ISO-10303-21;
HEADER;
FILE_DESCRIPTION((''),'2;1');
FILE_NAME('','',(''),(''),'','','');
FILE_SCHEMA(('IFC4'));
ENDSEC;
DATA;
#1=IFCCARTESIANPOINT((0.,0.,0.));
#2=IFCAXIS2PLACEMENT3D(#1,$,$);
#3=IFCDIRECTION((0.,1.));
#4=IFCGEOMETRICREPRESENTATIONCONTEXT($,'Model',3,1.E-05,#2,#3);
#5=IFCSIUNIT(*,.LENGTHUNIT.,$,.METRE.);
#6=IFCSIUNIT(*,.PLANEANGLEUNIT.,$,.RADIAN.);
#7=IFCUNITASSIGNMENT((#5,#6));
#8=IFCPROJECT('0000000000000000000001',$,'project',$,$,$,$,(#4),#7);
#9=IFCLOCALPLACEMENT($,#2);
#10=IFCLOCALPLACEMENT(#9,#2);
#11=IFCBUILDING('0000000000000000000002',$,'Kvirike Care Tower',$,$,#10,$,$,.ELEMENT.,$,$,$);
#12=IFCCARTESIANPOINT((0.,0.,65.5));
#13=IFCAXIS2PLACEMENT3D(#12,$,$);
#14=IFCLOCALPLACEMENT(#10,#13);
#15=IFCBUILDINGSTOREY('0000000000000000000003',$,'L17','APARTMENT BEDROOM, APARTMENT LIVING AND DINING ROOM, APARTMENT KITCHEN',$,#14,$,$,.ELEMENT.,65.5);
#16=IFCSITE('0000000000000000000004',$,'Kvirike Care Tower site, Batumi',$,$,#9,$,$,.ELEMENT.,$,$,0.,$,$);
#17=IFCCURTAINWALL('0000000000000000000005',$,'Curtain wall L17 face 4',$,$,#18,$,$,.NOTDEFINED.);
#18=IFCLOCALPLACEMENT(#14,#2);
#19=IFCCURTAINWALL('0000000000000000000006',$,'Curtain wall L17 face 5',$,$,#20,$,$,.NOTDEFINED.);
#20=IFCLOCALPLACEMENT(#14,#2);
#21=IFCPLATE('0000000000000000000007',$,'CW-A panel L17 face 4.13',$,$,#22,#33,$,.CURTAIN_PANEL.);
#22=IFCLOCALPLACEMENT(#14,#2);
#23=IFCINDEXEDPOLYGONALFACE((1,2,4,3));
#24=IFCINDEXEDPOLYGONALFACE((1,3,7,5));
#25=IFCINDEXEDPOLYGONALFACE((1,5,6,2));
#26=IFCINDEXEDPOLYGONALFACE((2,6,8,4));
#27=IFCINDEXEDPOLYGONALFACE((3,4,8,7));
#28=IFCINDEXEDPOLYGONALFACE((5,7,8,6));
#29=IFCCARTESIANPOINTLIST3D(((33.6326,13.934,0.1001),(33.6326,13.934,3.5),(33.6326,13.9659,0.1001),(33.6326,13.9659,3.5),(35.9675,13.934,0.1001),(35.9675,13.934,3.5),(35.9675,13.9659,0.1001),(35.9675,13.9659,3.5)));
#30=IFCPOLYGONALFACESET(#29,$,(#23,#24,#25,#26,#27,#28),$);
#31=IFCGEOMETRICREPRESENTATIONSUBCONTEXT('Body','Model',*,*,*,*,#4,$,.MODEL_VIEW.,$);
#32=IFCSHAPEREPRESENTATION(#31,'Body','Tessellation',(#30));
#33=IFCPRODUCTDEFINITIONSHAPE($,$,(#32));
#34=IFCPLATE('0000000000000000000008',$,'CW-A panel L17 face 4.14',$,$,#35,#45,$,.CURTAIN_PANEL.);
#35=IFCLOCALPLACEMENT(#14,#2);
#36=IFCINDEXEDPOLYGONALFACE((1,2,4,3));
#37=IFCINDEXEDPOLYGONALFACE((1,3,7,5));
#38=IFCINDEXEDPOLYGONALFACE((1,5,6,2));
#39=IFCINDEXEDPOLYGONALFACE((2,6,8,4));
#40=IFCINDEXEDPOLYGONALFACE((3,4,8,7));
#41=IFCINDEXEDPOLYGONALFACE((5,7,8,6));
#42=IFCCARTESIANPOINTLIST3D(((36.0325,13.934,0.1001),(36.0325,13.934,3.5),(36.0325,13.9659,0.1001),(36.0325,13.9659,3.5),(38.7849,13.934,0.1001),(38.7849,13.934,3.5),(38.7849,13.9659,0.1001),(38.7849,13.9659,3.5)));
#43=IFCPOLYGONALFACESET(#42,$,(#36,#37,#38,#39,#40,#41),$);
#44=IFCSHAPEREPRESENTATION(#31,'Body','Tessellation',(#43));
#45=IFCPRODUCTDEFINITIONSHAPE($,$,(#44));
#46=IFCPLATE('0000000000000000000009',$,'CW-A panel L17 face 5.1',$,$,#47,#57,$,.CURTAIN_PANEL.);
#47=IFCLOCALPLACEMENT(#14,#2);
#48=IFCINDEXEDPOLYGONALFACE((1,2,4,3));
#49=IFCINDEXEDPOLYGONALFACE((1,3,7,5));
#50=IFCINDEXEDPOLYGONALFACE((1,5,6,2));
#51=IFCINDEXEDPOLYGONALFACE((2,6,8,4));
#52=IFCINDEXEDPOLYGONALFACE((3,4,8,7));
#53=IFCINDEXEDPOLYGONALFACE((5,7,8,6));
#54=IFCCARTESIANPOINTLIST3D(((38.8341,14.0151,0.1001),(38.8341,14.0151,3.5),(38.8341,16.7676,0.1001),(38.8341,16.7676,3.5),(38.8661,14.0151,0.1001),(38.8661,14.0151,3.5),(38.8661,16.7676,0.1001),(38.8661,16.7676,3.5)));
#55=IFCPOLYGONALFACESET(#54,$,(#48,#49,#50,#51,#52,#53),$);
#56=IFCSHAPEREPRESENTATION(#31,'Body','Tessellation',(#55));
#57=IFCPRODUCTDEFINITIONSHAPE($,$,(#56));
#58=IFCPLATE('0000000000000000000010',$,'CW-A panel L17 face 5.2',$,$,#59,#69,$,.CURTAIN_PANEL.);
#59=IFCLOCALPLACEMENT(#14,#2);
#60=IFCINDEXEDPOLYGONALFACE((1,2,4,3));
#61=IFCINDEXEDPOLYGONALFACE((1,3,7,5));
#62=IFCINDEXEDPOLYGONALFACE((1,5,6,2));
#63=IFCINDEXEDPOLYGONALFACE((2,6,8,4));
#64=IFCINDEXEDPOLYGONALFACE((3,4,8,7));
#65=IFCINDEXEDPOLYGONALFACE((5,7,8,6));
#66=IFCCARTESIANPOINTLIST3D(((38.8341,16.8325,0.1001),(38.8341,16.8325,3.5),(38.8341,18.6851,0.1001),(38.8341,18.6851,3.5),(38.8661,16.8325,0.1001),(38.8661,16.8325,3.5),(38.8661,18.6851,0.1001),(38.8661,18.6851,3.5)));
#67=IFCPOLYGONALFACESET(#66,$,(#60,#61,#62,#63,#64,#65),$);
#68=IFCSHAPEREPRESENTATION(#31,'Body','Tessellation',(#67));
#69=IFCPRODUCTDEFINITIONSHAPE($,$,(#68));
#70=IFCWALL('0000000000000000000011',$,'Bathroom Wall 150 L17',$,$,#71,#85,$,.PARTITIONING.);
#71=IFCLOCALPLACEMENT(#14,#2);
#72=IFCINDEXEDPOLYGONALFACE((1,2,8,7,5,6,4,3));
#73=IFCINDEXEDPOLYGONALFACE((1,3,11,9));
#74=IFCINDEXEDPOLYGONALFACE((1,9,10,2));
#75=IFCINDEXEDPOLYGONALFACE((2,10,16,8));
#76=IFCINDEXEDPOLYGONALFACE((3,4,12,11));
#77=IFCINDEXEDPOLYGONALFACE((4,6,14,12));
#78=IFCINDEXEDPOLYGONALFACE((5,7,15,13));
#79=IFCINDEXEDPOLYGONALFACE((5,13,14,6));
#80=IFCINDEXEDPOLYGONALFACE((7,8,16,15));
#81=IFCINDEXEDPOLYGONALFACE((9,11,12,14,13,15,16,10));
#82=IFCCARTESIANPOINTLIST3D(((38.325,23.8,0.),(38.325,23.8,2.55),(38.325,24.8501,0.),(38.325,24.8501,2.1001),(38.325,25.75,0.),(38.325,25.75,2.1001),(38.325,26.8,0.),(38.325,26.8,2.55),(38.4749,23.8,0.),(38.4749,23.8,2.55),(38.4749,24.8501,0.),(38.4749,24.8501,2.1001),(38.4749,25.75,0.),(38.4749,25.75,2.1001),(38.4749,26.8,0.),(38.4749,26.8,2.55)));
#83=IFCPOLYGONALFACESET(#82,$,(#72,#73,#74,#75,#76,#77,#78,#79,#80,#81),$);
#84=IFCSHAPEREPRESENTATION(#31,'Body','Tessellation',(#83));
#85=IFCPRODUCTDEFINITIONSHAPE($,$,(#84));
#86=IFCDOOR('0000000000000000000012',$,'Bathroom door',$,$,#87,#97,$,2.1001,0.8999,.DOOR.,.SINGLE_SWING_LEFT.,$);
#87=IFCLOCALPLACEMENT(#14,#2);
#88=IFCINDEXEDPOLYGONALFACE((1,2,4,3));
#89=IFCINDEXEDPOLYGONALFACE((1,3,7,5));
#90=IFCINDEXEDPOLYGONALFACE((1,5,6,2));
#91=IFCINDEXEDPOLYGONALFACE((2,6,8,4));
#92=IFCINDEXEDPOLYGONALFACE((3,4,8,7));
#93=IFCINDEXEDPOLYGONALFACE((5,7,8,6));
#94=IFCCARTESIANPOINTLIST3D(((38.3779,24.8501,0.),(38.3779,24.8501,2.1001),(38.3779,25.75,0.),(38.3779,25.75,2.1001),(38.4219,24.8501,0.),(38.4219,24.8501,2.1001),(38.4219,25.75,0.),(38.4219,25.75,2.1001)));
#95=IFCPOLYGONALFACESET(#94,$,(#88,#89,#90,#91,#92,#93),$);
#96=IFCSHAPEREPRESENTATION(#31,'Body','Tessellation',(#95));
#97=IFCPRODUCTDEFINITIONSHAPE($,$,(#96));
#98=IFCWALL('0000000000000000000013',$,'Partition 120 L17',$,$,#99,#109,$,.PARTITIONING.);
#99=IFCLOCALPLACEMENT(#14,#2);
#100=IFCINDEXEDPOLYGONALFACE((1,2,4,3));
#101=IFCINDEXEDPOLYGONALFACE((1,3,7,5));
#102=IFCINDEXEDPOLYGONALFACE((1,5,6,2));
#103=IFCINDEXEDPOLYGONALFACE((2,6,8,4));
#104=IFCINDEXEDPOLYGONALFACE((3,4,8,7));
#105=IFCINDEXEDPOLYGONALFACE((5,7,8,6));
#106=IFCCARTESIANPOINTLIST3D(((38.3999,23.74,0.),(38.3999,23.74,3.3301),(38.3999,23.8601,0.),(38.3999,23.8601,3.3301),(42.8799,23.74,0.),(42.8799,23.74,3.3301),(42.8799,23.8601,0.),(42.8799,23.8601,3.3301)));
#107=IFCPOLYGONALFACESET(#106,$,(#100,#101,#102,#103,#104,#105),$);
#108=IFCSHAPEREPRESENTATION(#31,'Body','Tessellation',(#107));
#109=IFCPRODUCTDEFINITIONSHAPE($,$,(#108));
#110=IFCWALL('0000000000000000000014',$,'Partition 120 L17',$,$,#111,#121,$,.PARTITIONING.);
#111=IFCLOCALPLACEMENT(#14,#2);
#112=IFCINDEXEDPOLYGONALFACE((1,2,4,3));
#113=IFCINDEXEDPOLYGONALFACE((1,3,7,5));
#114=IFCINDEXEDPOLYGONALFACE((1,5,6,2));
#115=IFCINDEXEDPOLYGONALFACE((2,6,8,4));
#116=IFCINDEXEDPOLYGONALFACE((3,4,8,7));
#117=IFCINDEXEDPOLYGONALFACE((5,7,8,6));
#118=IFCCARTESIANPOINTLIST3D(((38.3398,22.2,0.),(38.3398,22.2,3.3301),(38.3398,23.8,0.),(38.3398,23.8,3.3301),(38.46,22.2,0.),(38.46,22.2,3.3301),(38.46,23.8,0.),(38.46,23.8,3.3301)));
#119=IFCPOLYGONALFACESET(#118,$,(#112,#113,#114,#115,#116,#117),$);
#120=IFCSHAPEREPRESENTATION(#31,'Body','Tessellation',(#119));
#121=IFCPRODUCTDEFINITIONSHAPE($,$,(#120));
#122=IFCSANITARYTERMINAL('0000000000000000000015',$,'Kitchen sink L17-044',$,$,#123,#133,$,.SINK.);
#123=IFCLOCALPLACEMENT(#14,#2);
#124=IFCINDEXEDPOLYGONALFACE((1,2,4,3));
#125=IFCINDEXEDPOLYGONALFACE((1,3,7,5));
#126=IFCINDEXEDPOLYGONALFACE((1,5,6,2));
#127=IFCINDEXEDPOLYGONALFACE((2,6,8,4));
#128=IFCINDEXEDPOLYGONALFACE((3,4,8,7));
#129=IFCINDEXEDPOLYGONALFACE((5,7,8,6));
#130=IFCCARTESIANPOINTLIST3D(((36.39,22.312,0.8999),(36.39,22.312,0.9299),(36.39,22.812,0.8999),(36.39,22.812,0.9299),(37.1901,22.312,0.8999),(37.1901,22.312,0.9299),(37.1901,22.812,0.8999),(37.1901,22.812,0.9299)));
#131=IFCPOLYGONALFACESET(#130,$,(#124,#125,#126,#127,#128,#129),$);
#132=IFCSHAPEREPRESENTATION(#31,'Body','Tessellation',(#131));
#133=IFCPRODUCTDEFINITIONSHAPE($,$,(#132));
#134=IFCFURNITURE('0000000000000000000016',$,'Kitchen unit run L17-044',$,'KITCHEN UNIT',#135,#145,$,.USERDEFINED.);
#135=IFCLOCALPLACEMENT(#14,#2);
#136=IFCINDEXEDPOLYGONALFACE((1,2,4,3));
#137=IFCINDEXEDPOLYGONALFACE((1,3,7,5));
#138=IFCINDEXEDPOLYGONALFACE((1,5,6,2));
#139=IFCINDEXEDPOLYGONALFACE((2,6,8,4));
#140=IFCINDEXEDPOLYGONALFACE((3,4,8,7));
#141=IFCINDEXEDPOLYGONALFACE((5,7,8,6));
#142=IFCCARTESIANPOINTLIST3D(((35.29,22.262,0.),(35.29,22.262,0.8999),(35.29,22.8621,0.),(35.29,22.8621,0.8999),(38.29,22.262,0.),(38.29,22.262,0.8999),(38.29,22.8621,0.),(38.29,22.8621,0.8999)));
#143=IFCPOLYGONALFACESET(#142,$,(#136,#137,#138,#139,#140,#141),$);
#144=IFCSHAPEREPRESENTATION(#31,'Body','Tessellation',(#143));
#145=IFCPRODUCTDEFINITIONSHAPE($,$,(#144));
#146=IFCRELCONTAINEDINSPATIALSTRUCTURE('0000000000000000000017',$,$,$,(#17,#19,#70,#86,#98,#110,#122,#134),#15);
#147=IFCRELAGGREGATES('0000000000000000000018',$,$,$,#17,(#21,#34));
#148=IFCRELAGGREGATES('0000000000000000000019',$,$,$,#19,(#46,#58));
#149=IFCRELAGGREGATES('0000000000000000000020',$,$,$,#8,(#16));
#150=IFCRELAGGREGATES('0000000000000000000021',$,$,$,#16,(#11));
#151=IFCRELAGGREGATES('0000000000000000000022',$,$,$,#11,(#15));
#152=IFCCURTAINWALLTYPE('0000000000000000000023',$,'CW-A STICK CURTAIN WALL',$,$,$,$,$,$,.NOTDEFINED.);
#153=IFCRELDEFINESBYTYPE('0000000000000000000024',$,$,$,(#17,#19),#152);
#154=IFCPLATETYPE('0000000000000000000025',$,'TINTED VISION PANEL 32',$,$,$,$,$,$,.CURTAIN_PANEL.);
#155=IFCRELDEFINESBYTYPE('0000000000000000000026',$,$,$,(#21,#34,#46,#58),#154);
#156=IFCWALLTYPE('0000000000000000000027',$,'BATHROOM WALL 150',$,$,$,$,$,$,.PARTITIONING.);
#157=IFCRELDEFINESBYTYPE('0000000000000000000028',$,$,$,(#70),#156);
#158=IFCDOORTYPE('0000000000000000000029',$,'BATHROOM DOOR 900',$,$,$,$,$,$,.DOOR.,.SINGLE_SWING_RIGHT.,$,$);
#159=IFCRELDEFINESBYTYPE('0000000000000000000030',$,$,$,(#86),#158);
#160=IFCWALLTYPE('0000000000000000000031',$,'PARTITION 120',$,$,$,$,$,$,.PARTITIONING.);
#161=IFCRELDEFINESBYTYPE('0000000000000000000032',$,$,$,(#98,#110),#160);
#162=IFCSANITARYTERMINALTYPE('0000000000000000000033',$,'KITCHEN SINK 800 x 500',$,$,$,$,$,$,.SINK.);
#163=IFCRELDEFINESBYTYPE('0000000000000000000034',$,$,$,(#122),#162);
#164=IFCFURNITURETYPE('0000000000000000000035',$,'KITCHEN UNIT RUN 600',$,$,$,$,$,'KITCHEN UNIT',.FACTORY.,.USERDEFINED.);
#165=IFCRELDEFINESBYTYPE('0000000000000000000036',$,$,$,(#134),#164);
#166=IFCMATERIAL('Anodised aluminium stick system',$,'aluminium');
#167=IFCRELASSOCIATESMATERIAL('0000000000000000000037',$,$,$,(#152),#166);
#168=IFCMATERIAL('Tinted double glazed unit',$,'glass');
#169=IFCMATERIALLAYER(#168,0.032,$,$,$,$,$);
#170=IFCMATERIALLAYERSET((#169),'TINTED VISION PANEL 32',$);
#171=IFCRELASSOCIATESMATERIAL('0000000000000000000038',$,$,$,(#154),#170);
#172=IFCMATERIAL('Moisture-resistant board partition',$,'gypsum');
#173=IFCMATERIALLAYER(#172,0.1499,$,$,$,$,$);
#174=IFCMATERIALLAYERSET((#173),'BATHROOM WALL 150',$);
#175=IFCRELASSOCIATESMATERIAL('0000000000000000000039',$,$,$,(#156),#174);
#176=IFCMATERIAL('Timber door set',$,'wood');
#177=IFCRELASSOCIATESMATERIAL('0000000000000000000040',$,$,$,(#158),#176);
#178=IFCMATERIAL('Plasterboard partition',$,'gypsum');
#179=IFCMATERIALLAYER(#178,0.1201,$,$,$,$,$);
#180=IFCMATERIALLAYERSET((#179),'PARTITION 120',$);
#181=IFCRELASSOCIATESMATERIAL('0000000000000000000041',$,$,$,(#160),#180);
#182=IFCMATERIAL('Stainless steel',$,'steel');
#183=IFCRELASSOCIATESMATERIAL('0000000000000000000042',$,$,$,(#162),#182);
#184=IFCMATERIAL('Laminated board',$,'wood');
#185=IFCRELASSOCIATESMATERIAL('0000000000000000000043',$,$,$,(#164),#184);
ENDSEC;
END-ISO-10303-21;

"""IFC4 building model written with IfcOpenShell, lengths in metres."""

from ifc_helpers import new_model, si_unit, direction, frame, frame_2d, origin, origin_2d, place, context, subcontext, project, spatial, rectangle, extrude, material, layer, layer_set, type_object, element, fill, aggregate, save


model = new_model("IFC4")

# Units and contexts
model_context = context("Model", 3, precision=1e-05, world=origin(), true_north=direction((0.0, 1.0)))
body_context = subcontext(model_context, "Body", "Model", "MODEL_VIEW")
ifc_project = project(units=[si_unit("LENGTHUNIT", "METRE"), si_unit("PLANEANGLEUNIT", "RADIAN")], contexts=[model_context])

# Site, building, storey
site_placement = place(None, origin())
site = spatial("IfcSite", under=ifc_project, at=site_placement, Name="Kvirike Care Tower site, Batumi", CompositionType="ELEMENT", RefElevation=0.0)
building_placement = place(site_placement, origin())
building = spatial("IfcBuilding", under=site, at=building_placement, Name="Kvirike Care Tower", CompositionType="ELEMENT")
storey_placement = place(building_placement, frame((0.0, 0.0, 65.5)))
storey = spatial("IfcBuildingStorey", under=building, at=storey_placement, Name="L17", Description="APARTMENT BEDROOM, APARTMENT LIVING AND DINING ROOM, APARTMENT KITCHEN", CompositionType="ELEMENT", Elevation=65.5)

# Curtain walls
ifc_material_1 = material(Name="Anodised aluminium stick system", Category="aluminium")
curtain_wall_type = type_object("IfcCurtainWallType", Name="CW-A STICK CURTAIN WALL", PredefinedType="NOTDEFINED", material=ifc_material_1)
curtain_wall_1_placement = place(storey_placement, origin())
curtain_wall_1 = element("IfcCurtainWall", 1, at=curtain_wall_1_placement, inside=storey, type_object=curtain_wall_type, Name="Curtain wall L17 face 4", PredefinedType="NOTDEFINED")
curtain_wall_2_placement = place(storey_placement, origin())
curtain_wall_2 = element("IfcCurtainWall", 2, at=curtain_wall_2_placement, inside=storey, type_object=curtain_wall_type, Name="Curtain wall L17 face 5", PredefinedType="NOTDEFINED")

# Plates
ifc_material_2 = material(Name="Tinted double glazed unit", Category="glass")
ifc_layer_1 = layer(ifc_material_2, 0.032)
ifc_layer_set_1 = layer_set([ifc_layer_1], Name="TINTED VISION PANEL 32")
plate_type = type_object("IfcPlateType", Name="TINTED VISION PANEL 32", PredefinedType="CURTAIN_PANEL", material=ifc_layer_set_1)
plate_1_placement = place(storey_placement, frame((34.8, 13.95, 0.1001), z_axis=(0.0, 0.0, 1.0), x_axis=(1.0, 0.0, 0.0)))
plate_1 = element("IfcPlate", 3, at=plate_1_placement, type_object=plate_type, Name="CW-A panel L17 face 4.13", PredefinedType="CURTAIN_PANEL", context=body_context, shape_type="SweptSolid", body=[
    extrude(rectangle(XDim=2.335, YDim=0.032, at=origin_2d()), origin(), (0.0, 0.0, 1.0), 3.3999),
])
plate_2_placement = place(storey_placement, frame((37.4087, 13.95, 0.1001), z_axis=(0.0, 0.0, 1.0), x_axis=(1.0, 0.0, 0.0)))
plate_2 = element("IfcPlate", 4, at=plate_2_placement, type_object=plate_type, Name="CW-A panel L17 face 4.14", PredefinedType="CURTAIN_PANEL", context=body_context, shape_type="SweptSolid", body=[
    extrude(rectangle(XDim=2.7524, YDim=0.032, at=origin_2d()), origin(), (0.0, 0.0, 1.0), 3.3999),
])
aggregate(curtain_wall_1, [plate_1, plate_2])
plate_3_placement = place(storey_placement, frame((38.8501, 15.3914, 0.1001), z_axis=(0.0, 0.0, 1.0), x_axis=(0.0, 1.0, 0.0)))
plate_3 = element("IfcPlate", 5, at=plate_3_placement, type_object=plate_type, Name="CW-A panel L17 face 5.1", PredefinedType="CURTAIN_PANEL", context=body_context, shape_type="SweptSolid", body=[
    extrude(rectangle(XDim=2.7524, YDim=0.032, at=origin_2d()), origin(), (0.0, 0.0, 1.0), 3.3999),
])
plate_4_placement = place(storey_placement, frame((38.8501, 17.7588, 0.1001), z_axis=(0.0, 0.0, 1.0), x_axis=(0.0, 1.0, 0.0)))
plate_4 = element("IfcPlate", 6, at=plate_4_placement, type_object=plate_type, Name="CW-A panel L17 face 5.2", PredefinedType="CURTAIN_PANEL", context=body_context, shape_type="SweptSolid", body=[
    extrude(rectangle(XDim=1.8525, YDim=0.032, at=origin_2d()), origin(), (0.0, 0.0, 1.0), 3.3999),
])
aggregate(curtain_wall_2, [plate_3, plate_4])

# Wall, opening, door
ifc_material_3 = material(Name="Moisture-resistant board partition", Category="gypsum")
ifc_layer_2 = layer(ifc_material_3, 0.1499)
ifc_layer_set_2 = layer_set([ifc_layer_2], Name="BATHROOM WALL 150")
wall_type_1 = type_object("IfcWallType", Name="BATHROOM WALL 150", PredefinedType="PARTITIONING", material=ifc_layer_set_2)
wall_1_placement = place(storey_placement, frame((38.3999, 23.8, 0.0), z_axis=(0.0, 0.0, 1.0), x_axis=(0.0, 1.0, 0.0)))
wall_1 = element("IfcWall", 7, at=wall_1_placement, inside=storey, type_object=wall_type_1, Name="Bathroom Wall 150 L17", PredefinedType="PARTITIONING", context=body_context, shape_type="SweptSolid", body=[
    extrude(rectangle(XDim=3.0, YDim=0.1499, at=frame_2d((1.5, 0.0))), origin(), (0.0, 0.0, 1.0), 2.55),
])
opening_placement = place(wall_1_placement, frame((1.05, 0.0, 0.0)))
opening = element("IfcOpeningElement", 8, at=opening_placement, cuts=wall_1, PredefinedType="OPENING", context=body_context, shape_type="SweptSolid", body=[
    extrude(rectangle(XDim=0.8999, YDim=2.1001, at=frame_2d((0.45, 1.05))), frame((0.0, 0.0854, 0.0), z_axis=(0.0, -1.0, 0.0), x_axis=(1.0, 0.0, 0.0)), (0.0, 0.0, 1.0), 0.1709),
])
ifc_material_4 = material(Name="Timber door set", Category="wood")
door_type = type_object("IfcDoorType", Name="BATHROOM DOOR 900", OperationType="SINGLE_SWING_RIGHT", PredefinedType="DOOR", material=ifc_material_4)
door_placement = place(opening_placement, frame((0.8999, 0.0, 0.0), z_axis=(0.0, 0.0, 1.0), x_axis=(-1.0, 0.0, 0.0)))
door = element("IfcDoor", 9, at=door_placement, inside=storey, type_object=door_type, Name="Bathroom door", OperationType="SINGLE_SWING_LEFT", OverallHeight=2.1001, OverallWidth=0.8999, PredefinedType="DOOR", context=body_context, shape_type="SweptSolid", body=[
    extrude(rectangle(XDim=0.8999, YDim=2.1001, at=frame_2d((0.45, 1.05))), frame((0.0, 0.022, 0.0), z_axis=(0.0, -1.0, 0.0), x_axis=(1.0, 0.0, 0.0)), (0.0, 0.0, 1.0), 0.0439),
])
fill(opening, door)

# Walls
ifc_material_5 = material(Name="Plasterboard partition", Category="gypsum")
ifc_layer_3 = layer(ifc_material_5, 0.1201)
ifc_layer_set_3 = layer_set([ifc_layer_3], Name="PARTITION 120")
wall_type_2 = type_object("IfcWallType", Name="PARTITION 120", PredefinedType="PARTITIONING", material=ifc_layer_set_3)
wall_2_placement = place(storey_placement, frame((38.3999, 23.8, 0.0), z_axis=(0.0, 0.0, 1.0), x_axis=(1.0, 0.0, 0.0)))
element("IfcWall", 10, at=wall_2_placement, inside=storey, type_object=wall_type_2, Name="Partition 120 L17", PredefinedType="PARTITIONING", context=body_context, shape_type="SweptSolid", body=[
    extrude(rectangle(XDim=4.48, YDim=0.1201, at=frame_2d((2.24, 0.0))), origin(), (0.0, 0.0, 1.0), 3.3301),
])
wall_3_placement = place(storey_placement, frame((38.3999, 22.2, 0.0), z_axis=(0.0, 0.0, 1.0), x_axis=(0.0, 1.0, 0.0)))
element("IfcWall", 11, at=wall_3_placement, inside=storey, type_object=wall_type_2, Name="Partition 120 L17", PredefinedType="PARTITIONING", context=body_context, shape_type="SweptSolid", body=[
    extrude(rectangle(XDim=1.6001, YDim=0.1201, at=frame_2d((0.8, 0.0))), origin(), (0.0, 0.0, 1.0), 3.3301),
])

# Sanitary terminal
ifc_material_6 = material(Name="Stainless steel", Category="steel")
sanitary_terminal_type = type_object("IfcSanitaryTerminalType", Name="KITCHEN SINK 800 x 500", PredefinedType="SINK", material=ifc_material_6)
sanitary_terminal_placement = place(storey_placement, frame((36.79, 22.562, 0.8999), z_axis=(0.0, 0.0, 1.0), x_axis=(-1.0, 0.0, 0.0)))
element("IfcSanitaryTerminal", 12, at=sanitary_terminal_placement, inside=storey, type_object=sanitary_terminal_type, Name="Kitchen sink L17-044", PredefinedType="SINK", context=body_context, shape_type="SweptSolid", body=[
    extrude(rectangle(XDim=0.8, YDim=0.5, at=origin_2d()), origin(), (0.0, 0.0, 1.0), 0.03),
])

# Furniture
ifc_material_7 = material(Name="Laminated board", Category="wood")
furniture_type = type_object("IfcFurnitureType", Name="KITCHEN UNIT RUN 600", ElementType="KITCHEN UNIT", AssemblyPlace="FACTORY", PredefinedType="USERDEFINED", material=ifc_material_7)
furniture_placement = place(storey_placement, frame((36.79, 22.562, 0.0), z_axis=(0.0, 0.0, 1.0), x_axis=(-1.0, 0.0, 0.0)))
element("IfcFurniture", 13, at=furniture_placement, inside=storey, type_object=furniture_type, Name="Kitchen unit run L17-044", ObjectType="KITCHEN UNIT", PredefinedType="USERDEFINED", context=body_context, shape_type="SweptSolid", body=[
    extrude(rectangle(XDim=3.0, YDim=0.6001, at=origin_2d()), origin(), (0.0, 0.0, 1.0), 0.8999),
])

save(model, "model.ifc")
